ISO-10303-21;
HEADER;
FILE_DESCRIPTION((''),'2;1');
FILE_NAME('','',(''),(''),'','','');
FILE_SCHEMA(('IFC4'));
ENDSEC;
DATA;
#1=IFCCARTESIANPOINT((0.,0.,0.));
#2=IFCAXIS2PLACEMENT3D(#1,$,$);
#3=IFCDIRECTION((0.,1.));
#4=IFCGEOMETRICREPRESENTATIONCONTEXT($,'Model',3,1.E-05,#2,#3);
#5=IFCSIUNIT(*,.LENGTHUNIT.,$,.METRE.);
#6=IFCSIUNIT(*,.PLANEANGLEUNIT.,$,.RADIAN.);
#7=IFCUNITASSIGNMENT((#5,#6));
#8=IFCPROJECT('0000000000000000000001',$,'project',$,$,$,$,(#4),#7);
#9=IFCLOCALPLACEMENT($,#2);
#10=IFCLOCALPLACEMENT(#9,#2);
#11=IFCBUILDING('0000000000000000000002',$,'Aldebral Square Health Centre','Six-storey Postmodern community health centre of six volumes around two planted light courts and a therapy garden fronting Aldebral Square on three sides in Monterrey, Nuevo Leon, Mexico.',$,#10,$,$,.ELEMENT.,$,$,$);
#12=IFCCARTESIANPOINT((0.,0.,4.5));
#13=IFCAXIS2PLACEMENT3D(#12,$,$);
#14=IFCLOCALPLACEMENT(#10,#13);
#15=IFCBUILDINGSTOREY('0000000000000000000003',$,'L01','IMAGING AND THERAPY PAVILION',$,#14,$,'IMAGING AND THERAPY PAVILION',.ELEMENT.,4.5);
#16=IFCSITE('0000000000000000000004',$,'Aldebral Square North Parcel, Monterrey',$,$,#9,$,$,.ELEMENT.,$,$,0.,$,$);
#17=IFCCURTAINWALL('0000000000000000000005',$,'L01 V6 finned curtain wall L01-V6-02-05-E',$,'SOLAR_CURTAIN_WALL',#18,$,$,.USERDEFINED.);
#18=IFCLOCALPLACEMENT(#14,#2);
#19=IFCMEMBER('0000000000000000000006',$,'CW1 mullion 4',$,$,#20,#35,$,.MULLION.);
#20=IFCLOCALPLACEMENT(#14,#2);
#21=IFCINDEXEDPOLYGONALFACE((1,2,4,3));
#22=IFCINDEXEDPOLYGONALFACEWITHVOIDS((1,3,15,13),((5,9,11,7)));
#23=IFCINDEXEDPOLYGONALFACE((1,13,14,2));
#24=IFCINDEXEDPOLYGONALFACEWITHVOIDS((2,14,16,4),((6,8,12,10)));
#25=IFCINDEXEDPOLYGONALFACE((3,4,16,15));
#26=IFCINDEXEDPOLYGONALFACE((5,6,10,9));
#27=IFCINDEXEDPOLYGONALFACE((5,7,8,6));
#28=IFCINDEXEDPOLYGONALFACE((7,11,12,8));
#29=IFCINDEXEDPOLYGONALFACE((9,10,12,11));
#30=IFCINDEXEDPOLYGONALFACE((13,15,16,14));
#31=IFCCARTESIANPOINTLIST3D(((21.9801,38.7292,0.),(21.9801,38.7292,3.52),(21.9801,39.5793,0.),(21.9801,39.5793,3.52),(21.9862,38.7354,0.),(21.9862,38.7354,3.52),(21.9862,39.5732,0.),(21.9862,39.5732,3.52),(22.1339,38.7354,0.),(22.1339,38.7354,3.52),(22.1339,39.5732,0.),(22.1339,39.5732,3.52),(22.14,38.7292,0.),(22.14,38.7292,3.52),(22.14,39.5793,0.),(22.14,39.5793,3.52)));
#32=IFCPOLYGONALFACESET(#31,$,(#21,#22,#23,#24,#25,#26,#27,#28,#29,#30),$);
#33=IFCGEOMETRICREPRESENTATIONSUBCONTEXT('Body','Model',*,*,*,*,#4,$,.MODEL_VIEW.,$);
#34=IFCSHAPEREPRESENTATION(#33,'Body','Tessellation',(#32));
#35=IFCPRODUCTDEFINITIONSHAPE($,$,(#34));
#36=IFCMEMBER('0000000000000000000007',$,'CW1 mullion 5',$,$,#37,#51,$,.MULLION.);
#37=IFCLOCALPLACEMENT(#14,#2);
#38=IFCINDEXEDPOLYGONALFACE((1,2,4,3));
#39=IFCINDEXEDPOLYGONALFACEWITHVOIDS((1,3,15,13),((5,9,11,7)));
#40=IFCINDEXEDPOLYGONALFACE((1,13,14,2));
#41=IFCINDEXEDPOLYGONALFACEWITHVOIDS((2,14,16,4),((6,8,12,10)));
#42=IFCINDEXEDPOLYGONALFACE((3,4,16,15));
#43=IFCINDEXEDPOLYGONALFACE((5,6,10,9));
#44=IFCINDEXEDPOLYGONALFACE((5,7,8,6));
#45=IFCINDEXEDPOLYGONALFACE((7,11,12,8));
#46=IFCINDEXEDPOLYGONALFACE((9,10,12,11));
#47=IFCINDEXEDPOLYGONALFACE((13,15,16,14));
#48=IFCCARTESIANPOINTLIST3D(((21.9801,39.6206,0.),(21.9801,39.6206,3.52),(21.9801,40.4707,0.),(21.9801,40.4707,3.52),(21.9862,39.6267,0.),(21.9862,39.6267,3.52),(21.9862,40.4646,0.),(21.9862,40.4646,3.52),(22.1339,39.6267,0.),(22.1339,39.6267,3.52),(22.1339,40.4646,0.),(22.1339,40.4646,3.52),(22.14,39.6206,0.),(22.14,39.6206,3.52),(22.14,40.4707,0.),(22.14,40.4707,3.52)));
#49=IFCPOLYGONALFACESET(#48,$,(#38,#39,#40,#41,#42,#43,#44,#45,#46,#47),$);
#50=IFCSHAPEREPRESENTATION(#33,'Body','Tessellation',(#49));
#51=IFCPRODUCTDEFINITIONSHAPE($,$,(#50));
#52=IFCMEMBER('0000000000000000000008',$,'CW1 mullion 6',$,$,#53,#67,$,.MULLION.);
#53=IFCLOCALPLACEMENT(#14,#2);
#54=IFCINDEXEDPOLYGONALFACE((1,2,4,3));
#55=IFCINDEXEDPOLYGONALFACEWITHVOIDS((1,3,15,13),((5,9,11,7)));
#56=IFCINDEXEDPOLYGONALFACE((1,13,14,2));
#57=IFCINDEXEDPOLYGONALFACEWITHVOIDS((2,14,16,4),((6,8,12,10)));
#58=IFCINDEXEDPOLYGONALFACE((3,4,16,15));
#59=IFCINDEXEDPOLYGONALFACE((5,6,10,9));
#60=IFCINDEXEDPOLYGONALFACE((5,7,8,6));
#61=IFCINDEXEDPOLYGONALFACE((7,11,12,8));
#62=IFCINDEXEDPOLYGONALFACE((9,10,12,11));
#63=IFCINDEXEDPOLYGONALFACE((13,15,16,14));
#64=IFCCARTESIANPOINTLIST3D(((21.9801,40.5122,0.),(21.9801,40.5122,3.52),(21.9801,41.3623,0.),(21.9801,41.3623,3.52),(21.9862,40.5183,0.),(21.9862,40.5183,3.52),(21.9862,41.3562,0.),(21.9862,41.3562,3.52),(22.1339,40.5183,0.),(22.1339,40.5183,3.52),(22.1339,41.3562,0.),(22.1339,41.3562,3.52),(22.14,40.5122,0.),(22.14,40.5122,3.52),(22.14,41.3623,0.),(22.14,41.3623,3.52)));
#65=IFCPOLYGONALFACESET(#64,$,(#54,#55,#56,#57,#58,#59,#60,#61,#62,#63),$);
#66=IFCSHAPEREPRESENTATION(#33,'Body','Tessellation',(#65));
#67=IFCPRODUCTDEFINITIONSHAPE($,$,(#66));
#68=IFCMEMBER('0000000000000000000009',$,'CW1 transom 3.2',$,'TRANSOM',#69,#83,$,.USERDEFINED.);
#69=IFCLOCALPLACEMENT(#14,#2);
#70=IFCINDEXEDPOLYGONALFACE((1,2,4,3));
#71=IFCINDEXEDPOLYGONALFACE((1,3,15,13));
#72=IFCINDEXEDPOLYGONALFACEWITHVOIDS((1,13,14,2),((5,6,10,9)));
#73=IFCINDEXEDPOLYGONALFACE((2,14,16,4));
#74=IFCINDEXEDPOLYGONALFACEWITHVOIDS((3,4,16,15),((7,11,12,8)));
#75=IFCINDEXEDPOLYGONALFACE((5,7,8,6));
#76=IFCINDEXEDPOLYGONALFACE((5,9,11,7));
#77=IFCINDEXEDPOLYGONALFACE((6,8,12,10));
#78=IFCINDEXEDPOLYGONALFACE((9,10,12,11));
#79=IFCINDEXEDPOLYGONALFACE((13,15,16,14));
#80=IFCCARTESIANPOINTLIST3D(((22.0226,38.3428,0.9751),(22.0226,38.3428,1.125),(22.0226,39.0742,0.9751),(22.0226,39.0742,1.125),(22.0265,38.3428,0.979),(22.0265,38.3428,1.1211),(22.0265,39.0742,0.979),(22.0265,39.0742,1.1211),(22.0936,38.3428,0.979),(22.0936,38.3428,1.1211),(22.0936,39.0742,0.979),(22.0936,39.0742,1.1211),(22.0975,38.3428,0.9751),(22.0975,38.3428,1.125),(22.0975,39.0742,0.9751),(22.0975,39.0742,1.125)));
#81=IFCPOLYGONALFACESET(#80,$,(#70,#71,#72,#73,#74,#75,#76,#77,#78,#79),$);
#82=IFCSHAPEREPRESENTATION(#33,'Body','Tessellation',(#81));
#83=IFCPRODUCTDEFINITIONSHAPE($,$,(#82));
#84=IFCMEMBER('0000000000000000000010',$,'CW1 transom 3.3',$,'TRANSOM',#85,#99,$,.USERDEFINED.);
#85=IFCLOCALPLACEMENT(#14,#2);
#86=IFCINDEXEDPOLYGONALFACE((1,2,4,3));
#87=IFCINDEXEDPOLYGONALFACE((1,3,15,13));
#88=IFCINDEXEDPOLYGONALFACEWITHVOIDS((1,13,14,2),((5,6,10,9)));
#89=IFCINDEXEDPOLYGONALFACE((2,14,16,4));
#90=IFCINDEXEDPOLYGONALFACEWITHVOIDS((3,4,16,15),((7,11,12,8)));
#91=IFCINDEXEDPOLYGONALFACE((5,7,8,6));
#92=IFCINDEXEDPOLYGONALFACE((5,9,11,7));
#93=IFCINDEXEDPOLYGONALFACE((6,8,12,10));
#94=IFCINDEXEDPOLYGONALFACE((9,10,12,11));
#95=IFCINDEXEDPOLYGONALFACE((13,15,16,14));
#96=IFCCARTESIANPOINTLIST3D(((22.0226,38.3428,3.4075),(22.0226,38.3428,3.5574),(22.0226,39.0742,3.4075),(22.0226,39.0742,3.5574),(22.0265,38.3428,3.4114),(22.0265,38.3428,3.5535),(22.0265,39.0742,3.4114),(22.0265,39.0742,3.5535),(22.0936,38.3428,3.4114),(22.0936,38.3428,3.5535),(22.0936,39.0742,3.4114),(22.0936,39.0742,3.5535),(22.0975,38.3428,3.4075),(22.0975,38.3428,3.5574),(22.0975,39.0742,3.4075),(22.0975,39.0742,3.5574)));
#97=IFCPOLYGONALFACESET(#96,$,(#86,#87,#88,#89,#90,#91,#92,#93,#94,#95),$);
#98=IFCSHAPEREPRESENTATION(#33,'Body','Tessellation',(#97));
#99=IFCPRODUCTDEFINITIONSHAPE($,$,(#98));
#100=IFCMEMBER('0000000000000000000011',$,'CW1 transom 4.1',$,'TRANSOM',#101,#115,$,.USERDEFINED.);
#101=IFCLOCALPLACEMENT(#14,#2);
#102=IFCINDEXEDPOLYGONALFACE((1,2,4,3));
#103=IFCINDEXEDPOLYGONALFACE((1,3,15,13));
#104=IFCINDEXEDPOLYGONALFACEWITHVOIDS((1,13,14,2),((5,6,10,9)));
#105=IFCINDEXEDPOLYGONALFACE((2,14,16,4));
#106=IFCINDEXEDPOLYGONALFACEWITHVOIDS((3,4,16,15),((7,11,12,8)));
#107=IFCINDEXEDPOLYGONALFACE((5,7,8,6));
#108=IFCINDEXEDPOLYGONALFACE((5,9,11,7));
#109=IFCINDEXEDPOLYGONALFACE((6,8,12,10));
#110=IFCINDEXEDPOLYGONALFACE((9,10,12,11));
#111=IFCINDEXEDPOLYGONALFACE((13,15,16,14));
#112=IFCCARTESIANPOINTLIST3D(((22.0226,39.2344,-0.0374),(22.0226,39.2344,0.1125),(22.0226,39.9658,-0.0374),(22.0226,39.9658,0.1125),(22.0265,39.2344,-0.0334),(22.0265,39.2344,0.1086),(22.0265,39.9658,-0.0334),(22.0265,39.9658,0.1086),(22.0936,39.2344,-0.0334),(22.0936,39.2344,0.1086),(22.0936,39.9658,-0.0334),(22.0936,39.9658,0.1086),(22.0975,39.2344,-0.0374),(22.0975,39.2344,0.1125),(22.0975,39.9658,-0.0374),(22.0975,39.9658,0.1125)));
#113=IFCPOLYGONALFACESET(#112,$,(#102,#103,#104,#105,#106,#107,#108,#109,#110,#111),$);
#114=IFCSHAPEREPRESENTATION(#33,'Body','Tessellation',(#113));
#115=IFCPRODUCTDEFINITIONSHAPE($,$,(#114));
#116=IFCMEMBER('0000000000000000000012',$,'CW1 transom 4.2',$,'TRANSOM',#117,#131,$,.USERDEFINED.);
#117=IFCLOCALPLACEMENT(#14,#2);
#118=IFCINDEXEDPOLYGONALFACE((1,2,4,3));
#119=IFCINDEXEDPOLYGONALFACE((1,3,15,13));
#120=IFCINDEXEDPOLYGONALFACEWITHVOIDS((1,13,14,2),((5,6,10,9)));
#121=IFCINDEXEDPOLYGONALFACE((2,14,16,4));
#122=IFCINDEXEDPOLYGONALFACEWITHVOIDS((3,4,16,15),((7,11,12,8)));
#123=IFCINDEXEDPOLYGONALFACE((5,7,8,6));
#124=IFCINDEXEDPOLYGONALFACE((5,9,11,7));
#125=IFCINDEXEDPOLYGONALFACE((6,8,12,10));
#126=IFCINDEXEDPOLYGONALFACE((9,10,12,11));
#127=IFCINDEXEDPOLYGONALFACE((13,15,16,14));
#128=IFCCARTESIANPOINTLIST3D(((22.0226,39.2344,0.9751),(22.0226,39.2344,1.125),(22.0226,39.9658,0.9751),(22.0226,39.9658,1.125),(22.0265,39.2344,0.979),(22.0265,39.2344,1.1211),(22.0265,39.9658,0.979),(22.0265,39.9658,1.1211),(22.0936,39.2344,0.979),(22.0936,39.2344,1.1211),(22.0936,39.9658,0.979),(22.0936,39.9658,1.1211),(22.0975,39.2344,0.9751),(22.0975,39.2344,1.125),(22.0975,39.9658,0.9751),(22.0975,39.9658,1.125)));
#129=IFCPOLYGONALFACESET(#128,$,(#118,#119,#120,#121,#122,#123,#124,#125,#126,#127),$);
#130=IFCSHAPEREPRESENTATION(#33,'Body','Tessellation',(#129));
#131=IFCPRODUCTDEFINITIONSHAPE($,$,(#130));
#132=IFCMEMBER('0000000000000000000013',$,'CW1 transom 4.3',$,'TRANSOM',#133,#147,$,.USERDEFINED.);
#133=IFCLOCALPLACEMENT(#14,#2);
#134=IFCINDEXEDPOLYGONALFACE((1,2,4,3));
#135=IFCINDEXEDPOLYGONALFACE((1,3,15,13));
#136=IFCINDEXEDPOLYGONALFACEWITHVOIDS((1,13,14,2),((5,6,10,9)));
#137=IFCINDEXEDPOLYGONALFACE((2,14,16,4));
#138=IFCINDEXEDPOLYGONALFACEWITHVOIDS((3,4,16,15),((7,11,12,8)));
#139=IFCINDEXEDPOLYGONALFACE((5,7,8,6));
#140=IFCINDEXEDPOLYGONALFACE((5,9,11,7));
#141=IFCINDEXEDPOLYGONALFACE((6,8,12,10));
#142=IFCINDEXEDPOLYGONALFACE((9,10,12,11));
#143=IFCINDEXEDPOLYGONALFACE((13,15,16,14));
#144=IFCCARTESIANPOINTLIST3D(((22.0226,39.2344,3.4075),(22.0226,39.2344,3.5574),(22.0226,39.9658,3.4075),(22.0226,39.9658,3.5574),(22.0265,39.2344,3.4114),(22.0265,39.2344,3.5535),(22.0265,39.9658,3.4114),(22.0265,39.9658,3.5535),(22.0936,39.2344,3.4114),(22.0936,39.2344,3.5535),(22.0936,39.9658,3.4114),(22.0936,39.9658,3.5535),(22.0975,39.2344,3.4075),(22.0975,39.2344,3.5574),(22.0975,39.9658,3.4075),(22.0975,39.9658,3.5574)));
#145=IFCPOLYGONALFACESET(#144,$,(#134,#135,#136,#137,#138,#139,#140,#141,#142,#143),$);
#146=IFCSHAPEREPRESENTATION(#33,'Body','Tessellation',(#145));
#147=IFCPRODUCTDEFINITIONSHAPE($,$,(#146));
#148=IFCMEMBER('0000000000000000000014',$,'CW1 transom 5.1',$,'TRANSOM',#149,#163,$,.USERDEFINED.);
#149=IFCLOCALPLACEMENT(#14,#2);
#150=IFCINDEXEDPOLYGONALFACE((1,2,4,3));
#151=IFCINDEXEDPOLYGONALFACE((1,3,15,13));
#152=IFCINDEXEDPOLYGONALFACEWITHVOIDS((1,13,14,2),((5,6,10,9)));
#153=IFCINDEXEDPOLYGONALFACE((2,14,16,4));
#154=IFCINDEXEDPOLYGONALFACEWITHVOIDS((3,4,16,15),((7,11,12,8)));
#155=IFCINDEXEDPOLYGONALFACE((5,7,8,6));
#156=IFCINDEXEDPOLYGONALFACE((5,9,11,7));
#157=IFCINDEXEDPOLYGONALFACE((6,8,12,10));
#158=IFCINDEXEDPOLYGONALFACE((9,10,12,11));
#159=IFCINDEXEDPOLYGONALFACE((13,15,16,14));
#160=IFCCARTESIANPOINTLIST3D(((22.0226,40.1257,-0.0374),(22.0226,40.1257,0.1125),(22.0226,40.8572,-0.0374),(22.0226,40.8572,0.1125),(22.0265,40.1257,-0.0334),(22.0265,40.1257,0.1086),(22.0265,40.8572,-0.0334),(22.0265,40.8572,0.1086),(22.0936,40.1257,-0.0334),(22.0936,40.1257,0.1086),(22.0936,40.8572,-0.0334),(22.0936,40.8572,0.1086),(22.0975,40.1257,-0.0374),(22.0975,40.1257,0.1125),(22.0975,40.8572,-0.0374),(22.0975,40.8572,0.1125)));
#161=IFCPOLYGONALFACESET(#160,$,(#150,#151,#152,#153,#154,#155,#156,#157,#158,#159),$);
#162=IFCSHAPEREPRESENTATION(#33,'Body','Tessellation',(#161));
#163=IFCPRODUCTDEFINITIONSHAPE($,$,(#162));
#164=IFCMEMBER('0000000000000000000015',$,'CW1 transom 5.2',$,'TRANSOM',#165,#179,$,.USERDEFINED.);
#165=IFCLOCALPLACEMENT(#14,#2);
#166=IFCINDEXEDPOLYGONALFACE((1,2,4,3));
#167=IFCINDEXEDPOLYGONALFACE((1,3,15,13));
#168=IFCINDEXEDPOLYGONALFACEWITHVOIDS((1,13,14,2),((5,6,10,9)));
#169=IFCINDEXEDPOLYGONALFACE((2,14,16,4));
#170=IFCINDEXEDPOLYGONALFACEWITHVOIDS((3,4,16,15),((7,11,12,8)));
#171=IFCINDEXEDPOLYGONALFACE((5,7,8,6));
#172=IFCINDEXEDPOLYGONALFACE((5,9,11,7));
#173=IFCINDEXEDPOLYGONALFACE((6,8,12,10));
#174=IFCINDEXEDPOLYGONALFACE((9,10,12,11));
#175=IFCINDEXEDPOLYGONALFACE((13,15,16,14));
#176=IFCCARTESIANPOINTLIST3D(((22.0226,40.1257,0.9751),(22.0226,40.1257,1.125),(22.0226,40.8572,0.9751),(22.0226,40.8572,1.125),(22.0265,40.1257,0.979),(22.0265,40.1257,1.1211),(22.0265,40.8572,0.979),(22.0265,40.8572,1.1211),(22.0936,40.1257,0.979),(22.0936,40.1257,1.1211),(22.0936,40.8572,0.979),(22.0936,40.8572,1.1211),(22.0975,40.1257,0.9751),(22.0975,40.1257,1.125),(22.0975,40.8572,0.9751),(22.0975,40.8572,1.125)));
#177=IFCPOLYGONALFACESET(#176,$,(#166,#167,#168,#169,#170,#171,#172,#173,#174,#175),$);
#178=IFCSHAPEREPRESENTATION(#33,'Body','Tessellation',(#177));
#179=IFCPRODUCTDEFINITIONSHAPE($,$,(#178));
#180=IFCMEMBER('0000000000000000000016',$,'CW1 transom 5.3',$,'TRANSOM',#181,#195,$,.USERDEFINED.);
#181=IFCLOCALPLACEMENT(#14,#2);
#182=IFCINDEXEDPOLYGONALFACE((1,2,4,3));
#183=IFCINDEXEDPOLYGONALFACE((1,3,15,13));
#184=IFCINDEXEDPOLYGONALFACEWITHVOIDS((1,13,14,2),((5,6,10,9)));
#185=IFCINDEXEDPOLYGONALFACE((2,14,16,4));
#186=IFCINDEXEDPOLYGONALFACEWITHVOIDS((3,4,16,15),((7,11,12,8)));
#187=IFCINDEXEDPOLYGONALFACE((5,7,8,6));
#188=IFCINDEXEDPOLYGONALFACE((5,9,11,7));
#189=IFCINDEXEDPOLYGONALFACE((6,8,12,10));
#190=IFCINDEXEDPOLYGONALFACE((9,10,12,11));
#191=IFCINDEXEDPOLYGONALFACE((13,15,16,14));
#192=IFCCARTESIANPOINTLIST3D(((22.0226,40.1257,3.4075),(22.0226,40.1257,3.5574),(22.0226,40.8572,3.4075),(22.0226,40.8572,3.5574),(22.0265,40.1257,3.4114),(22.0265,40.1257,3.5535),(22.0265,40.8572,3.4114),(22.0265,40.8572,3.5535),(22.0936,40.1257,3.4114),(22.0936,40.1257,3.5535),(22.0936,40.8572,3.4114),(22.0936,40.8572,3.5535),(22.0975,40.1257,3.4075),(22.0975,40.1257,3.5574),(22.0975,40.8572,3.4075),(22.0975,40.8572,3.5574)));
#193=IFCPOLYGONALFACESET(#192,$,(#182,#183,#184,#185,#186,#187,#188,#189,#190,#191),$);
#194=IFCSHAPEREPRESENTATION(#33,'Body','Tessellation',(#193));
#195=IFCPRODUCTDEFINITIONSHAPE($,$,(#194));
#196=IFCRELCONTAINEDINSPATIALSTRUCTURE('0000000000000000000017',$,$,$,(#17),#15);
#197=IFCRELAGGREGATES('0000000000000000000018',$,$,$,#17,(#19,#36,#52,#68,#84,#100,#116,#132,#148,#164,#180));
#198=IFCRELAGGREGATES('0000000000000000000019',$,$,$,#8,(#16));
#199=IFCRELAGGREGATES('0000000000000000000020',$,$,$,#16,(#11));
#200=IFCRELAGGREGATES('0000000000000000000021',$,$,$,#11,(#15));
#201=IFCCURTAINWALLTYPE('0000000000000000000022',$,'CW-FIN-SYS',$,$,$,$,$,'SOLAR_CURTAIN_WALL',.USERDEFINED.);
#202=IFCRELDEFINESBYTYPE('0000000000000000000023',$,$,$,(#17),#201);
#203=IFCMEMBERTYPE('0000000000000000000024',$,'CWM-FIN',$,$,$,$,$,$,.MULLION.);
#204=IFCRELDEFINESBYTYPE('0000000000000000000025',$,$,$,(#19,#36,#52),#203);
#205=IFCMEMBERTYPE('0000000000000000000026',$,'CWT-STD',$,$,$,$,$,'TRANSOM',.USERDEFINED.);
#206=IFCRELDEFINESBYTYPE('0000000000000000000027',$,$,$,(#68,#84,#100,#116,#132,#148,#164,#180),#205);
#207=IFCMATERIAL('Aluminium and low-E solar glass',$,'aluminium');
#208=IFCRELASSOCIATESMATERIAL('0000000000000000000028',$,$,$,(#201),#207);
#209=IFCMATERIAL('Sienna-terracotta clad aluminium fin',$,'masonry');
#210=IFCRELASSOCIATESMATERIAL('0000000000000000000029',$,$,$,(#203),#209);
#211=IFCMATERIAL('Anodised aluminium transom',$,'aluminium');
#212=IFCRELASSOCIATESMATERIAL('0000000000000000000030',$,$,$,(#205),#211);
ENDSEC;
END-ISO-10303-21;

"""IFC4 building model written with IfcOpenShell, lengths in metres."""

from ifc_helpers import new_model, si_unit, direction, frame, origin, origin_2d, place, context, subcontext, project, spatial, hollow_rectangle, extrude, material, material_profile, profile_set, type_object, element, aggregate, save


model = new_model("IFC4")

# Units and contexts
model_context = context("Model", 3, precision=1e-05, world=origin(), true_north=direction((0.0, 1.0)))
body_context = subcontext(model_context, "Body", "Model", "MODEL_VIEW")
ifc_project = project(units=[si_unit("LENGTHUNIT", "METRE"), si_unit("PLANEANGLEUNIT", "RADIAN")], contexts=[model_context])

# Site, building, storey
site_placement = place(None, origin())
site = spatial("IfcSite", under=ifc_project, at=site_placement, Name="Aldebral Square North Parcel, Monterrey", CompositionType="ELEMENT", RefElevation=0.0)
building_placement = place(site_placement, origin())
building = spatial("IfcBuilding", under=site, at=building_placement, Name="Aldebral Square Health Centre", Description="Six-storey Postmodern community health centre of six volumes around two planted light courts and a therapy garden fronting Aldebral Square on three sides in Monterrey, Nuevo Leon, Mexico.", CompositionType="ELEMENT")
storey_placement = place(building_placement, frame((0.0, 0.0, 4.5)))
storey = spatial("IfcBuildingStorey", under=building, at=storey_placement, Name="L01", Description="IMAGING AND THERAPY PAVILION", LongName="IMAGING AND THERAPY PAVILION", CompositionType="ELEMENT", Elevation=4.5)

# Curtain wall, members
ifc_material_1 = material(Name="Aluminium and low-E solar glass", Category="aluminium")
curtain_wall_type = type_object("IfcCurtainWallType", Name="CW-FIN-SYS", ElementType="SOLAR_CURTAIN_WALL", PredefinedType="USERDEFINED", material=ifc_material_1)
curtain_wall_placement = place(storey_placement, origin())
curtain_wall = element("IfcCurtainWall", 1, at=curtain_wall_placement, inside=storey, type_object=curtain_wall_type, Name="L01 V6 finned curtain wall L01-V6-02-05-E", ObjectType="SOLAR_CURTAIN_WALL", PredefinedType="USERDEFINED")
ifc_material_2 = material(Name="Sienna-terracotta clad aluminium fin", Category="masonry")
ifc_material_profile_1 = material_profile(ifc_material_2, hollow_rectangle(XDim=0.1599, YDim=0.8501, WallThickness=0.0061, at=origin_2d()), Name="FIN 160x850x6")
ifc_profile_set_1 = profile_set([ifc_material_profile_1], Name="Sienna-terracotta clad aluminium fin")
member_type_1 = type_object("IfcMemberType", Name="CWM-FIN", PredefinedType="MULLION", material=ifc_profile_set_1)
member_1_placement = place(storey_placement, frame((22.0601, 39.1543, 0.0), z_axis=(0.0, 0.0, 1.0), x_axis=(-1.0, 0.0, 0.0)))
member_1 = element("IfcMember", 2, at=member_1_placement, type_object=member_type_1, Name="CW1 mullion 4", PredefinedType="MULLION", context=body_context, shape_type="SweptSolid", body=[
    extrude(hollow_rectangle(XDim=0.1599, YDim=0.8501, WallThickness=0.0061, at=origin_2d()), origin(), (0.0, 0.0, 1.0), 3.52),
])
member_2_placement = place(storey_placement, frame((22.0601, 40.0457, 0.0), z_axis=(0.0, 0.0, 1.0), x_axis=(-1.0, 0.0, 0.0)))
member_2 = element("IfcMember", 3, at=member_2_placement, type_object=member_type_1, Name="CW1 mullion 5", PredefinedType="MULLION", context=body_context, shape_type="SweptSolid", body=[
    extrude(hollow_rectangle(XDim=0.1599, YDim=0.8501, WallThickness=0.0061, at=origin_2d()), origin(), (0.0, 0.0, 1.0), 3.52),
])
member_3_placement = place(storey_placement, frame((22.0601, 40.9373, 0.0), z_axis=(0.0, 0.0, 1.0), x_axis=(-1.0, 0.0, 0.0)))
member_3 = element("IfcMember", 4, at=member_3_placement, type_object=member_type_1, Name="CW1 mullion 6", PredefinedType="MULLION", context=body_context, shape_type="SweptSolid", body=[
    extrude(hollow_rectangle(XDim=0.1599, YDim=0.8501, WallThickness=0.0061, at=origin_2d()), origin(), (0.0, 0.0, 1.0), 3.52),
])
ifc_material_3 = material(Name="Anodised aluminium transom", Category="aluminium")
ifc_material_profile_2 = material_profile(ifc_material_3, hollow_rectangle(XDim=0.075, YDim=0.1499, WallThickness=0.0039, at=origin_2d()), Name="CWT 75x150x4")
ifc_profile_set_2 = profile_set([ifc_material_profile_2], Name="Anodised aluminium transom")
member_type_2 = type_object("IfcMemberType", Name="CWT-STD", ElementType="TRANSOM", PredefinedType="USERDEFINED", material=ifc_profile_set_2)
member_4_placement = place(storey_placement, frame((22.0601, 38.3428, 1.05), z_axis=(0.0, 1.0, 0.0), x_axis=(-1.0, 0.0, 0.0)))
member_4 = element("IfcMember", 5, at=member_4_placement, type_object=member_type_2, Name="CW1 transom 3.2", ObjectType="TRANSOM", PredefinedType="USERDEFINED", context=body_context, shape_type="SweptSolid", body=[
    extrude(hollow_rectangle(XDim=0.075, YDim=0.1499, WallThickness=0.0039, at=origin_2d()), origin(), (0.0, 0.0, 1.0), 0.7314),
])
member_5_placement = place(storey_placement, frame((22.0601, 38.3428, 3.4824), z_axis=(0.0, 1.0, 0.0), x_axis=(-1.0, 0.0, 0.0)))
member_5 = element("IfcMember", 6, at=member_5_placement, type_object=member_type_2, Name="CW1 transom 3.3", ObjectType="TRANSOM", PredefinedType="USERDEFINED", context=body_context, shape_type="SweptSolid", body=[
    extrude(hollow_rectangle(XDim=0.075, YDim=0.1499, WallThickness=0.0039, at=origin_2d()), origin(), (0.0, 0.0, 1.0), 0.7314),
])
member_6_placement = place(storey_placement, frame((22.0601, 39.2344, 0.0376), z_axis=(0.0, 1.0, 0.0), x_axis=(-1.0, 0.0, 0.0)))
member_6 = element("IfcMember", 7, at=member_6_placement, type_object=member_type_2, Name="CW1 transom 4.1", ObjectType="TRANSOM", PredefinedType="USERDEFINED", context=body_context, shape_type="SweptSolid", body=[
    extrude(hollow_rectangle(XDim=0.075, YDim=0.1499, WallThickness=0.0039, at=origin_2d()), origin(), (0.0, 0.0, 1.0), 0.7314),
])
member_7_placement = place(storey_placement, frame((22.0601, 39.2344, 1.05), z_axis=(0.0, 1.0, 0.0), x_axis=(-1.0, 0.0, 0.0)))
member_7 = element("IfcMember", 8, at=member_7_placement, type_object=member_type_2, Name="CW1 transom 4.2", ObjectType="TRANSOM", PredefinedType="USERDEFINED", context=body_context, shape_type="SweptSolid", body=[
    extrude(hollow_rectangle(XDim=0.075, YDim=0.1499, WallThickness=0.0039, at=origin_2d()), origin(), (0.0, 0.0, 1.0), 0.7314),
])
member_8_placement = place(storey_placement, frame((22.0601, 39.2344, 3.4824), z_axis=(0.0, 1.0, 0.0), x_axis=(-1.0, 0.0, 0.0)))
member_8 = element("IfcMember", 9, at=member_8_placement, type_object=member_type_2, Name="CW1 transom 4.3", ObjectType="TRANSOM", PredefinedType="USERDEFINED", context=body_context, shape_type="SweptSolid", body=[
    extrude(hollow_rectangle(XDim=0.075, YDim=0.1499, WallThickness=0.0039, at=origin_2d()), origin(), (0.0, 0.0, 1.0), 0.7314),
])
member_9_placement = place(storey_placement, frame((22.0601, 40.1257, 0.0376), z_axis=(0.0, 1.0, 0.0), x_axis=(-1.0, 0.0, 0.0)))
member_9 = element("IfcMember", 10, at=member_9_placement, type_object=member_type_2, Name="CW1 transom 5.1", ObjectType="TRANSOM", PredefinedType="USERDEFINED", context=body_context, shape_type="SweptSolid", body=[
    extrude(hollow_rectangle(XDim=0.075, YDim=0.1499, WallThickness=0.0039, at=origin_2d()), origin(), (0.0, 0.0, 1.0), 0.7314),
])
member_10_placement = place(storey_placement, frame((22.0601, 40.1257, 1.05), z_axis=(0.0, 1.0, 0.0), x_axis=(-1.0, 0.0, 0.0)))
member_10 = element("IfcMember", 11, at=member_10_placement, type_object=member_type_2, Name="CW1 transom 5.2", ObjectType="TRANSOM", PredefinedType="USERDEFINED", context=body_context, shape_type="SweptSolid", body=[
    extrude(hollow_rectangle(XDim=0.075, YDim=0.1499, WallThickness=0.0039, at=origin_2d()), origin(), (0.0, 0.0, 1.0), 0.7314),
])
member_11_placement = place(storey_placement, frame((22.0601, 40.1257, 3.4824), z_axis=(0.0, 1.0, 0.0), x_axis=(-1.0, 0.0, 0.0)))
member_11 = element("IfcMember", 12, at=member_11_placement, type_object=member_type_2, Name="CW1 transom 5.3", ObjectType="TRANSOM", PredefinedType="USERDEFINED", context=body_context, shape_type="SweptSolid", body=[
    extrude(hollow_rectangle(XDim=0.075, YDim=0.1499, WallThickness=0.0039, at=origin_2d()), origin(), (0.0, 0.0, 1.0), 0.7314),
])
aggregate(curtain_wall, [member_1, member_2, member_3, member_4, member_5, member_6, member_7, member_8, member_9, member_10, member_11])

save(model, "model.ifc")
